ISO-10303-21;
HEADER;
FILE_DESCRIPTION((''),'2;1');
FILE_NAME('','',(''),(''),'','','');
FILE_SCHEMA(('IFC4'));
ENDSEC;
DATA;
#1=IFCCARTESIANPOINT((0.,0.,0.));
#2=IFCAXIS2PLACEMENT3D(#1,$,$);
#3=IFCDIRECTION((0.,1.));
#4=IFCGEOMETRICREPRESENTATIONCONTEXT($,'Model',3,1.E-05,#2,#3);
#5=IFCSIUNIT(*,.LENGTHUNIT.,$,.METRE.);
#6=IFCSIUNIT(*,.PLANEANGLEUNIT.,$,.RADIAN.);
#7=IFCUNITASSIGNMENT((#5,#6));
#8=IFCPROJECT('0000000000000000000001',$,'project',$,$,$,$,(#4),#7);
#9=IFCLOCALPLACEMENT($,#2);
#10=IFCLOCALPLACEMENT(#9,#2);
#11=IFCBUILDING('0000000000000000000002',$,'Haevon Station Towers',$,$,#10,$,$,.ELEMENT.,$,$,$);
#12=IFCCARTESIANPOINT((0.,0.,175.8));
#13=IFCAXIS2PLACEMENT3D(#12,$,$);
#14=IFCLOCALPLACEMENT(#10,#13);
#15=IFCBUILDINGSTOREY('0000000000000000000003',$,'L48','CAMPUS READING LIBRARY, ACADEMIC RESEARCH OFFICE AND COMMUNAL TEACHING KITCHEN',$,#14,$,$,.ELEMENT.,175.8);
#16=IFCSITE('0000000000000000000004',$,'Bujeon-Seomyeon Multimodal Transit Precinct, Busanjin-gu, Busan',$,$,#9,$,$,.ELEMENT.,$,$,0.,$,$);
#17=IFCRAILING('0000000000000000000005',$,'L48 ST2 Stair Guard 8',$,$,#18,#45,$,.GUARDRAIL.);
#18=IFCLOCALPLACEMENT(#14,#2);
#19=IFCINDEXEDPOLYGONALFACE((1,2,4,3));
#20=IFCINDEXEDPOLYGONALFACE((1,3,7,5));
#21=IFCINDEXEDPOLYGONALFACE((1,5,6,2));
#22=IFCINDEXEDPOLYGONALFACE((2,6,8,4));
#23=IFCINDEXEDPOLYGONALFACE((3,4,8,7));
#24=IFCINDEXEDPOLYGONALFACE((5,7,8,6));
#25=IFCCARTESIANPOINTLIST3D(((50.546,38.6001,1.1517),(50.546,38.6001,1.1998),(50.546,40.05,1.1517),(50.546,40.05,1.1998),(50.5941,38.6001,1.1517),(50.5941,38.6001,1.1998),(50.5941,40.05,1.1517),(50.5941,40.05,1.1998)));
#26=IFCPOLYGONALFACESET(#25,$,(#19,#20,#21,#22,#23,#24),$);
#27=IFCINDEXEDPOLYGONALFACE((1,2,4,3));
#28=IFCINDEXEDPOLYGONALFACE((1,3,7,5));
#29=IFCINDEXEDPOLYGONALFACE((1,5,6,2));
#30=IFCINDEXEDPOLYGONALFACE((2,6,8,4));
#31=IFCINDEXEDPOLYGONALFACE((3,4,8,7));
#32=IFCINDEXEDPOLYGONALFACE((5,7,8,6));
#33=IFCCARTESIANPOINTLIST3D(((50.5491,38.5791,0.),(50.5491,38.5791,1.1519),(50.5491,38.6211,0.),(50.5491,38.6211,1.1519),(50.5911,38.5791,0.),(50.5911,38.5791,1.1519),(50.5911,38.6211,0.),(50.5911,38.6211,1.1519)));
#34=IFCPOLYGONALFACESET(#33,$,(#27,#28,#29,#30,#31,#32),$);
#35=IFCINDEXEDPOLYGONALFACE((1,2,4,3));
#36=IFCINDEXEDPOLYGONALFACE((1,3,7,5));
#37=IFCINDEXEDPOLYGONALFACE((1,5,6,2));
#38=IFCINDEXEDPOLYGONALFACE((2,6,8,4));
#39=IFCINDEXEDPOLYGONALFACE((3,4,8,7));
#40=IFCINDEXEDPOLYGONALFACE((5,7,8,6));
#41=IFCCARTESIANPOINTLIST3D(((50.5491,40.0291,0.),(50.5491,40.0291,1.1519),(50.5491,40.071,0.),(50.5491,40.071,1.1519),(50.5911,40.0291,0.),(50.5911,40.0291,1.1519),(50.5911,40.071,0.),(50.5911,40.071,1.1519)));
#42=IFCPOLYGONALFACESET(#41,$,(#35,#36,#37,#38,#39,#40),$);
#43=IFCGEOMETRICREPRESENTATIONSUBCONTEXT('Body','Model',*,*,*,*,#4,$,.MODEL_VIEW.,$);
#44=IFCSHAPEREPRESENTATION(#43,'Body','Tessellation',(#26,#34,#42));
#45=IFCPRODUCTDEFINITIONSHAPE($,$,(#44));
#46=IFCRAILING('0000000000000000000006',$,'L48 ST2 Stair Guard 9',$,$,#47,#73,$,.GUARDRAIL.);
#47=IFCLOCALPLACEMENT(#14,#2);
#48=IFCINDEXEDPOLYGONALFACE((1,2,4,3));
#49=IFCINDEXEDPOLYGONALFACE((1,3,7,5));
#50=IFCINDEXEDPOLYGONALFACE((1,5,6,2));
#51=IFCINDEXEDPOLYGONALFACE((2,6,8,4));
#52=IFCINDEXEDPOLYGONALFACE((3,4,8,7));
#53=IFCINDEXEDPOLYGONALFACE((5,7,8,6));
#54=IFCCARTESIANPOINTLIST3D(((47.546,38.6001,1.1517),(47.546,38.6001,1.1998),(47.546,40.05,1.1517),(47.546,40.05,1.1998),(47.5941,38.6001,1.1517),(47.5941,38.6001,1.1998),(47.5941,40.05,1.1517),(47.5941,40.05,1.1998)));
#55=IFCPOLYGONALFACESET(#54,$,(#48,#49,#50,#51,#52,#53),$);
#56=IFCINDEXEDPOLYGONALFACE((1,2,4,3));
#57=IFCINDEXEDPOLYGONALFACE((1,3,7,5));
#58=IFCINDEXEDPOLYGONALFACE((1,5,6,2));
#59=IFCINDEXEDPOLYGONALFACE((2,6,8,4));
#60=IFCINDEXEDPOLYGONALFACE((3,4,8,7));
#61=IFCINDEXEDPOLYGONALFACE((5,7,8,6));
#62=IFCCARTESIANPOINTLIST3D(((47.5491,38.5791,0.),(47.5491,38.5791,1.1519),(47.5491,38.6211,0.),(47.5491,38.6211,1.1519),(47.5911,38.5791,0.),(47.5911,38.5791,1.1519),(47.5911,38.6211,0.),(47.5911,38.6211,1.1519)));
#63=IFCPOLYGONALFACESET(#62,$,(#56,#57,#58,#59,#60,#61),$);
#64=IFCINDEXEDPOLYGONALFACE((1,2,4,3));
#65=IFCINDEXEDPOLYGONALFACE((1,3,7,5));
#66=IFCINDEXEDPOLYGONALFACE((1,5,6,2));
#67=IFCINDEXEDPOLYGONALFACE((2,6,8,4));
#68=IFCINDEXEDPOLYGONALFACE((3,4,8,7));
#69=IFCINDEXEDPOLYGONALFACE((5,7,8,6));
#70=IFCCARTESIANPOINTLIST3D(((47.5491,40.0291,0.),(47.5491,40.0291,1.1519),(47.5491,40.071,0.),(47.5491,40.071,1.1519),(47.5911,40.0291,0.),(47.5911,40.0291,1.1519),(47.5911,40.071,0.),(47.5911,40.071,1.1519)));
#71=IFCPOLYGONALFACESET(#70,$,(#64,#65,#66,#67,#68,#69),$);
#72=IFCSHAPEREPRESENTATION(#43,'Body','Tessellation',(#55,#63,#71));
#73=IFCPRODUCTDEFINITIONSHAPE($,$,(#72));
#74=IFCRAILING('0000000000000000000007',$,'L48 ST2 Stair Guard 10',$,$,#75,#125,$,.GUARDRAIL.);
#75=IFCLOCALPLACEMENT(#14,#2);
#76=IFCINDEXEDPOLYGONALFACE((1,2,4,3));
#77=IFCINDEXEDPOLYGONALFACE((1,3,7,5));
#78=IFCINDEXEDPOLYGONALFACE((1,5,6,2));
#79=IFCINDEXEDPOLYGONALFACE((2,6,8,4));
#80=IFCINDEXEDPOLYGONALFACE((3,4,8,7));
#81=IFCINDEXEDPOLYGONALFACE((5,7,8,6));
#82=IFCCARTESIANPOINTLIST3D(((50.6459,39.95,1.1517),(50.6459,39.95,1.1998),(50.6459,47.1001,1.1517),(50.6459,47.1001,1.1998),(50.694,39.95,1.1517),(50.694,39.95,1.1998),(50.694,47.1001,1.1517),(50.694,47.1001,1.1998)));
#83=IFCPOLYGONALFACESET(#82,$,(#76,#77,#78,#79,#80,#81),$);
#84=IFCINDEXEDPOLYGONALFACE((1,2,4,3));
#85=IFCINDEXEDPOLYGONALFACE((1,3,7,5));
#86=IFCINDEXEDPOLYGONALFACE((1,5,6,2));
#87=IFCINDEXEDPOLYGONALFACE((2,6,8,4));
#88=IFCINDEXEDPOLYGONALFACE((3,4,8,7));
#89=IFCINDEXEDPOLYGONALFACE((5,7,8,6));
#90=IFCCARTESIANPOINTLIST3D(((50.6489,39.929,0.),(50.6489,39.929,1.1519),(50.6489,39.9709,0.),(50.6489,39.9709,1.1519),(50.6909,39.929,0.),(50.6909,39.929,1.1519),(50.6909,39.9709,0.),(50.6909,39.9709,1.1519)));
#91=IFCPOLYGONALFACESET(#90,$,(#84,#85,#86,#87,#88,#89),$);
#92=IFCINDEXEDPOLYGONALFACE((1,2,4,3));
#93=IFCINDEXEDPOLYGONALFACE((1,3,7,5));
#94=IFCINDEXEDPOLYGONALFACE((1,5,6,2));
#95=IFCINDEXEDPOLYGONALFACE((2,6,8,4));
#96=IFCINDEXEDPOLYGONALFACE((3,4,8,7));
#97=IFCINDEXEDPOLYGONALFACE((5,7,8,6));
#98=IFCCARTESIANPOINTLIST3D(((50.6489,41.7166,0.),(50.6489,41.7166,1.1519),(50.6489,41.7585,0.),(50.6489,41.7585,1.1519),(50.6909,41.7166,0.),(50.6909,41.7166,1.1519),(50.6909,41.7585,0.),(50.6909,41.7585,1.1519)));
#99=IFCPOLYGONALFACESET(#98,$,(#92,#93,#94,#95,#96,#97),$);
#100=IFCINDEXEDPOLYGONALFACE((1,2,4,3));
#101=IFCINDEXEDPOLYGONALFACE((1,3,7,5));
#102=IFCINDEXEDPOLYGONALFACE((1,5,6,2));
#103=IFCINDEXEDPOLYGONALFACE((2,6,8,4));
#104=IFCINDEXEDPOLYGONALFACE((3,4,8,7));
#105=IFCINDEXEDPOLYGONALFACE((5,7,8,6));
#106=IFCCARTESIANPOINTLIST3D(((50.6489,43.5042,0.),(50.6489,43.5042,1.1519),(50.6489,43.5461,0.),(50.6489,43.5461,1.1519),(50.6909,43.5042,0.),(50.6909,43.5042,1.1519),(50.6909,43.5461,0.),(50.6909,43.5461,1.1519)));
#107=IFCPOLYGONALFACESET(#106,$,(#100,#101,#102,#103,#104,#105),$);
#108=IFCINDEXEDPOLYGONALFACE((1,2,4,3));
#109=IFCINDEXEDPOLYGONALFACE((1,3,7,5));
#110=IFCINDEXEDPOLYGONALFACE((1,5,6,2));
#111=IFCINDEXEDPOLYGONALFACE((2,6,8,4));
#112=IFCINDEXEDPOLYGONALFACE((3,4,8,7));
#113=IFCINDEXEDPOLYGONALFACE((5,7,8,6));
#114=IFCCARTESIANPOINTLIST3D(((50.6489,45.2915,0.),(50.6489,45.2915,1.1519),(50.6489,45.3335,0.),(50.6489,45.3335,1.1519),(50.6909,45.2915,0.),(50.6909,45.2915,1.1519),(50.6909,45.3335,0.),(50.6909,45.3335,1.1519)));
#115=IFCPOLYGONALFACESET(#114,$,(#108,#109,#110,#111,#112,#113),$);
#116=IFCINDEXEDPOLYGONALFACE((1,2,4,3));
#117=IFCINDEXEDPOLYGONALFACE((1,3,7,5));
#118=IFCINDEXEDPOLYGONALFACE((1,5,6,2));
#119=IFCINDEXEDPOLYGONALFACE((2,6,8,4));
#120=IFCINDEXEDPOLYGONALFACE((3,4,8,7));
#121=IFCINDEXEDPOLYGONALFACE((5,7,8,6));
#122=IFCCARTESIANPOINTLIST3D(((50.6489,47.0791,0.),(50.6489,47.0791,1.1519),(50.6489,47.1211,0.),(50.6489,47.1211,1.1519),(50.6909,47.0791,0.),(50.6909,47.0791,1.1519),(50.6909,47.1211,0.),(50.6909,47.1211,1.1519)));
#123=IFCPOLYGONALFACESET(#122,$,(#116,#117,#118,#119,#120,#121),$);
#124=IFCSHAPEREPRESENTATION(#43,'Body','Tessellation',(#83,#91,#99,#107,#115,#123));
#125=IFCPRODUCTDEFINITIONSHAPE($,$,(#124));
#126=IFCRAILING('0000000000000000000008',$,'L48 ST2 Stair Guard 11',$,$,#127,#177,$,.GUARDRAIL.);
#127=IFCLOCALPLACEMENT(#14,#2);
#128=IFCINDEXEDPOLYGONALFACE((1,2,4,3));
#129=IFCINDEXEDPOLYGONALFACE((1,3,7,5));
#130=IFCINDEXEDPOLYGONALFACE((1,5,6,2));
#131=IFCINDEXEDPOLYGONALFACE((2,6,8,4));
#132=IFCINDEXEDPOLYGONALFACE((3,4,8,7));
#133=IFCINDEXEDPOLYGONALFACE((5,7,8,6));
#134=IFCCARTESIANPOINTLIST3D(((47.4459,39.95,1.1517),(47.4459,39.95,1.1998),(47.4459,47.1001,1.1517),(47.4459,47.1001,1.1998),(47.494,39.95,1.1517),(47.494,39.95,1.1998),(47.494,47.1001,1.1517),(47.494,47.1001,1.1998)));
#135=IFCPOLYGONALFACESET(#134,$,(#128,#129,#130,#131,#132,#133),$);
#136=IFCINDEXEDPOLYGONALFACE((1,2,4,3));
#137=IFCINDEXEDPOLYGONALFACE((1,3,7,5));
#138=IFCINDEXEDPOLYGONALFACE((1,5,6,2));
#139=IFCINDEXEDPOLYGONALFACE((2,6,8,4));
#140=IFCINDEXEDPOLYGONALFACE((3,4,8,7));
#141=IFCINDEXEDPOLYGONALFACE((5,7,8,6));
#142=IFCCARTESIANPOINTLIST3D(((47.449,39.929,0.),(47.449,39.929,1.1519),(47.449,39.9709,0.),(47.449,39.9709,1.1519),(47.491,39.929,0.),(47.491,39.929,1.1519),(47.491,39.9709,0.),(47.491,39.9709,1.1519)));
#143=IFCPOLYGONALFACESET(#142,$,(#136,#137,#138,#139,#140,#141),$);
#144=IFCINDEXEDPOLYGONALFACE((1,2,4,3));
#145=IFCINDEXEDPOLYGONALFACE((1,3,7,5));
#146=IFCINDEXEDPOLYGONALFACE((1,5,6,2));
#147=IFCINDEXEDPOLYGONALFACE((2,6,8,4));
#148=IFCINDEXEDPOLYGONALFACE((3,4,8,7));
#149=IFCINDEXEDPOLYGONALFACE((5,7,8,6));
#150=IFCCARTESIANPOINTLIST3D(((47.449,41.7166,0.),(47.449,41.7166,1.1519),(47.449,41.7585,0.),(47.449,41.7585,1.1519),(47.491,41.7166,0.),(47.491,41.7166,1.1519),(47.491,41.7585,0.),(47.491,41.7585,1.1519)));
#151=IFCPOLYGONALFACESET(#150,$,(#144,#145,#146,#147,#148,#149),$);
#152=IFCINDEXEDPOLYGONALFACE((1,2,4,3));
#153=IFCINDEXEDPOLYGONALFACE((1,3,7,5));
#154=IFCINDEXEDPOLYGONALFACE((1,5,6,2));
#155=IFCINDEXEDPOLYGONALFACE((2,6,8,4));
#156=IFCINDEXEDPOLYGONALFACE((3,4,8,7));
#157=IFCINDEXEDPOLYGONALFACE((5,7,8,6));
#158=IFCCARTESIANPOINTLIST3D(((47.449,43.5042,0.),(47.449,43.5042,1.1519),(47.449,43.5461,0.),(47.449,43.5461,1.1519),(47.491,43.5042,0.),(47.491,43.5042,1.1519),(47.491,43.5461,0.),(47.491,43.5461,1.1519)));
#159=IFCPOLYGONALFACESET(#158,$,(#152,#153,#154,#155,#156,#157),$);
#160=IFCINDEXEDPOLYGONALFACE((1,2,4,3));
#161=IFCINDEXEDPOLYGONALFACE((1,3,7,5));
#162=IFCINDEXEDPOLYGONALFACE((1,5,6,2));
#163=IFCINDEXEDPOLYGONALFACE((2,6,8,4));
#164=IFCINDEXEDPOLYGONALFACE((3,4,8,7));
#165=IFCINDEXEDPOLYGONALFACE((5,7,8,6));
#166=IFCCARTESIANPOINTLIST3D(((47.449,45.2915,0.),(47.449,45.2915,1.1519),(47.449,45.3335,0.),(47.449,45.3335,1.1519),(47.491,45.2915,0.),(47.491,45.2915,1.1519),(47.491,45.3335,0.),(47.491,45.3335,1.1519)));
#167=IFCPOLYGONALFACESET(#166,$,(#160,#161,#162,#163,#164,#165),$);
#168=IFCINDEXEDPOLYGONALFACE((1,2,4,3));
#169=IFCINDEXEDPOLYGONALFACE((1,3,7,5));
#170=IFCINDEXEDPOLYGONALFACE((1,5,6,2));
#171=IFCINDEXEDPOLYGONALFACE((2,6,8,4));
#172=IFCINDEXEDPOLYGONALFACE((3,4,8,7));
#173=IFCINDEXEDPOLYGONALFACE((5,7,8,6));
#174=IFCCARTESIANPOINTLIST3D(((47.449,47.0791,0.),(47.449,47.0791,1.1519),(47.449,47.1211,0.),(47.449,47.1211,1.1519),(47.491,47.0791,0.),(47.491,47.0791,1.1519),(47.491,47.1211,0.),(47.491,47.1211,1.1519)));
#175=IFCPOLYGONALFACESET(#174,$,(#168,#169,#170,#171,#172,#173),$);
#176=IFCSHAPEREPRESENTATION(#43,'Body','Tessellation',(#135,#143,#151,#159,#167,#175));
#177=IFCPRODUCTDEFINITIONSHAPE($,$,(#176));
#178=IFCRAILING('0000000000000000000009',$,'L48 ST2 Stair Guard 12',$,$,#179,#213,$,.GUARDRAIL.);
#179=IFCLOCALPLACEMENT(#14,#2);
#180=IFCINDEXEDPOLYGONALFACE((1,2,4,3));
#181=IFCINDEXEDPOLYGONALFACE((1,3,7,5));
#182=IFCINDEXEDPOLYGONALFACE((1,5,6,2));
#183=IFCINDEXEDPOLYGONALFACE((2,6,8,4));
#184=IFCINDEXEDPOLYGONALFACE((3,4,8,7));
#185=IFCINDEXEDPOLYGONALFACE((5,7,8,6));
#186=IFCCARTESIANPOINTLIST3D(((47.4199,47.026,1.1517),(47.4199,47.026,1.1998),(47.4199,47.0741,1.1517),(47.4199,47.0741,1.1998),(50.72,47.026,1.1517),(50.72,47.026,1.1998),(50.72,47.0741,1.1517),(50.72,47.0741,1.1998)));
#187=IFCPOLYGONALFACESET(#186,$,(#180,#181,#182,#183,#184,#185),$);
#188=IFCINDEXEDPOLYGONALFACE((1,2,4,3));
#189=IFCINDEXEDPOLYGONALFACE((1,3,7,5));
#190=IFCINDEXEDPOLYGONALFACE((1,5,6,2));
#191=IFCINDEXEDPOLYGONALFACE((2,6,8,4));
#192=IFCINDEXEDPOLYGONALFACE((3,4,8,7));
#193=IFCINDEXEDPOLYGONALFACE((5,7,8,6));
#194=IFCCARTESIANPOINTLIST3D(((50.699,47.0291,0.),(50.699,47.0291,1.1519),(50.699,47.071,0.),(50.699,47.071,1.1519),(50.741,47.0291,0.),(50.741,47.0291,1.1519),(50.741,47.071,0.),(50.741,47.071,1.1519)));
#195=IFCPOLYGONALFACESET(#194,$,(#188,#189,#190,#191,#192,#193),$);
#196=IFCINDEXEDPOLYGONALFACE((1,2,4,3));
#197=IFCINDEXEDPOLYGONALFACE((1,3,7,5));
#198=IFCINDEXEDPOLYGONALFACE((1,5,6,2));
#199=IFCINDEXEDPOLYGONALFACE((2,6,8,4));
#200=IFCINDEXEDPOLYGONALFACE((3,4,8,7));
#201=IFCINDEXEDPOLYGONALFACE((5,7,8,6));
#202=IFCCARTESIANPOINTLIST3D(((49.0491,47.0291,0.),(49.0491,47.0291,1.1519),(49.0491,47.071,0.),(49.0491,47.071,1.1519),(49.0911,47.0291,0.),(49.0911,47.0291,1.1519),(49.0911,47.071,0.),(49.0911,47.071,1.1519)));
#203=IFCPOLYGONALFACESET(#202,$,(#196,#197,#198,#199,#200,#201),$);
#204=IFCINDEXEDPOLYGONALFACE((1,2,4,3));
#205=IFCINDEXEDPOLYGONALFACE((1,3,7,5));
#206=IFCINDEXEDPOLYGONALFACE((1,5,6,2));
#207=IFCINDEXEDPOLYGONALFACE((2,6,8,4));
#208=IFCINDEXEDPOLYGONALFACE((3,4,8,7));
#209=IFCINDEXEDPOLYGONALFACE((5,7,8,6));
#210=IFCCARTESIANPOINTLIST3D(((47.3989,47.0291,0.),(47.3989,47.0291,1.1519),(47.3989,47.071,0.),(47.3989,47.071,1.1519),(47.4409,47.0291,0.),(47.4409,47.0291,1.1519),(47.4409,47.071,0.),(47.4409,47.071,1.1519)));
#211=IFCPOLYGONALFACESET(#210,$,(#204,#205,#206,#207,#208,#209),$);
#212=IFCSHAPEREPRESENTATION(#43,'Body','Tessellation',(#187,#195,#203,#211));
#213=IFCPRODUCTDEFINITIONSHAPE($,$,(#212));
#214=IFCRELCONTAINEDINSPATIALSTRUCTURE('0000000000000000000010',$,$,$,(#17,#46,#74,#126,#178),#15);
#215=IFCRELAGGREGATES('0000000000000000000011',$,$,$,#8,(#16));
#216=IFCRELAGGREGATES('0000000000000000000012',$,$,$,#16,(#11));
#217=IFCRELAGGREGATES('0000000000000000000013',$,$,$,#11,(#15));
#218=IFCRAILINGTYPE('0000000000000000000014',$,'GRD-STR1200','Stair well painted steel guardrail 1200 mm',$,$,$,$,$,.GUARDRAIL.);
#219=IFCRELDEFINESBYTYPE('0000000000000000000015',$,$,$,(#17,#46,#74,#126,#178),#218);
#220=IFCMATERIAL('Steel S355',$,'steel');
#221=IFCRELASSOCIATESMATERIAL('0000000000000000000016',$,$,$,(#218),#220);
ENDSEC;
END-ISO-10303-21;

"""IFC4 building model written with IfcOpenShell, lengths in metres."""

from ifc_helpers import new_model, si_unit, direction, frame, origin, origin_2d, place, context, subcontext, project, spatial, rectangle, extrude, material, type_object, element, save


model = new_model("IFC4")

# Units and contexts
model_context = context("Model", 3, precision=1e-05, world=origin(), true_north=direction((0.0, 1.0)))
body_context = subcontext(model_context, "Body", "Model", "MODEL_VIEW")
ifc_project = project(units=[si_unit("LENGTHUNIT", "METRE"), si_unit("PLANEANGLEUNIT", "RADIAN")], contexts=[model_context])

# Site, building, storey
site_placement = place(None, origin())
site = spatial("IfcSite", under=ifc_project, at=site_placement, Name="Bujeon-Seomyeon Multimodal Transit Precinct, Busanjin-gu, Busan", CompositionType="ELEMENT", RefElevation=0.0)
building_placement = place(site_placement, origin())
building = spatial("IfcBuilding", under=site, at=building_placement, Name="Haevon Station Towers", CompositionType="ELEMENT")
storey_placement = place(building_placement, frame((0.0, 0.0, 175.8)))
storey = spatial("IfcBuildingStorey", under=building, at=storey_placement, Name="L48", Description="CAMPUS READING LIBRARY, ACADEMIC RESEARCH OFFICE AND COMMUNAL TEACHING KITCHEN", CompositionType="ELEMENT", Elevation=175.8)

# Shared definitions
ifc_material_1 = material(Name="Steel S355", Category="steel")

# Railings
railing_type_1 = type_object("IfcRailingType", Name="GRD-STR1200", Description="Stair well painted steel guardrail 1200 mm", PredefinedType="GUARDRAIL", material=ifc_material_1)
for number, where, name in (
    (1, (50.5701, 38.6001, 0.0), "L48 ST2 Stair Guard 8"),
    (2, (47.5701, 38.6001, 0.0), "L48 ST2 Stair Guard 9"),
):
    element("IfcRailing", number, at=place(storey_placement, frame(where)), inside=storey, type_object=railing_type_1, Name=name, PredefinedType="GUARDRAIL", context=body_context, shape_type="SweptSolid", body=[
        extrude(rectangle(XDim=0.0481, YDim=0.0481, at=origin_2d()), frame((0.0, 0.0, 1.1758), z_axis=(0.0, 1.0, 0.0), x_axis=(-1.0, 0.0, 0.0)), (0.0, 0.0, 1.0), 1.45),
        extrude(rectangle(XDim=0.042, YDim=0.042, at=origin_2d()), origin(), (0.0, 0.0, 1.0), 1.1519),
        extrude(rectangle(XDim=0.042, YDim=0.042, at=origin_2d()), frame((0.0, 1.45, 0.0)), (0.0, 0.0, 1.0), 1.1519),
    ])
for number, where, name in (
    (3, (50.6699, 39.95, 0.0), "L48 ST2 Stair Guard 10"),
    (4, (47.47, 39.95, 0.0), "L48 ST2 Stair Guard 11"),
):
    element("IfcRailing", number, at=place(storey_placement, frame(where)), inside=storey, type_object=railing_type_1, Name=name, PredefinedType="GUARDRAIL", context=body_context, shape_type="SweptSolid", body=[
        extrude(rectangle(XDim=0.0481, YDim=0.0481, at=origin_2d()), frame((0.0, 0.0, 1.1758), z_axis=(0.0, 1.0, 0.0), x_axis=(-1.0, 0.0, 0.0)), (0.0, 0.0, 1.0), 7.1501),
        extrude(rectangle(XDim=0.042, YDim=0.042, at=origin_2d()), origin(), (0.0, 0.0, 1.0), 1.1519),
        extrude(rectangle(XDim=0.042, YDim=0.042, at=origin_2d()), frame((0.0, 1.7876, 0.0)), (0.0, 0.0, 1.0), 1.1519),
        extrude(rectangle(XDim=0.042, YDim=0.042, at=origin_2d()), frame((0.0, 3.5752, 0.0)), (0.0, 0.0, 1.0), 1.1519),
        extrude(rectangle(XDim=0.042, YDim=0.042, at=origin_2d()), frame((0.0, 5.3625, 0.0)), (0.0, 0.0, 1.0), 1.1519),
        extrude(rectangle(XDim=0.042, YDim=0.042, at=origin_2d()), frame((0.0, 7.1501, 0.0)), (0.0, 0.0, 1.0), 1.1519),
    ])
railing_1_placement = place(storey_placement, frame((50.72, 47.05, 0.0)))
element("IfcRailing", 5, at=railing_1_placement, inside=storey, type_object=railing_type_1, Name="L48 ST2 Stair Guard 12", PredefinedType="GUARDRAIL", context=body_context, shape_type="SweptSolid", body=[
    extrude(rectangle(XDim=0.0481, YDim=0.0481, at=origin_2d()), frame((0.0, 0.0, 1.1758), z_axis=(-1.0, 0.0, 0.0), x_axis=(0.0, -1.0, 0.0)), (0.0, 0.0, 1.0), 3.3),
    extrude(rectangle(XDim=0.042, YDim=0.042, at=origin_2d()), origin(), (0.0, 0.0, 1.0), 1.1519),
    extrude(rectangle(XDim=0.042, YDim=0.042, at=origin_2d()), frame((-1.6499, 0.0, 0.0)), (0.0, 0.0, 1.0), 1.1519),
    extrude(rectangle(XDim=0.042, YDim=0.042, at=origin_2d()), frame((-3.3, 0.0, 0.0)), (0.0, 0.0, 1.0), 1.1519),
])

save(model, "model.ifc")
